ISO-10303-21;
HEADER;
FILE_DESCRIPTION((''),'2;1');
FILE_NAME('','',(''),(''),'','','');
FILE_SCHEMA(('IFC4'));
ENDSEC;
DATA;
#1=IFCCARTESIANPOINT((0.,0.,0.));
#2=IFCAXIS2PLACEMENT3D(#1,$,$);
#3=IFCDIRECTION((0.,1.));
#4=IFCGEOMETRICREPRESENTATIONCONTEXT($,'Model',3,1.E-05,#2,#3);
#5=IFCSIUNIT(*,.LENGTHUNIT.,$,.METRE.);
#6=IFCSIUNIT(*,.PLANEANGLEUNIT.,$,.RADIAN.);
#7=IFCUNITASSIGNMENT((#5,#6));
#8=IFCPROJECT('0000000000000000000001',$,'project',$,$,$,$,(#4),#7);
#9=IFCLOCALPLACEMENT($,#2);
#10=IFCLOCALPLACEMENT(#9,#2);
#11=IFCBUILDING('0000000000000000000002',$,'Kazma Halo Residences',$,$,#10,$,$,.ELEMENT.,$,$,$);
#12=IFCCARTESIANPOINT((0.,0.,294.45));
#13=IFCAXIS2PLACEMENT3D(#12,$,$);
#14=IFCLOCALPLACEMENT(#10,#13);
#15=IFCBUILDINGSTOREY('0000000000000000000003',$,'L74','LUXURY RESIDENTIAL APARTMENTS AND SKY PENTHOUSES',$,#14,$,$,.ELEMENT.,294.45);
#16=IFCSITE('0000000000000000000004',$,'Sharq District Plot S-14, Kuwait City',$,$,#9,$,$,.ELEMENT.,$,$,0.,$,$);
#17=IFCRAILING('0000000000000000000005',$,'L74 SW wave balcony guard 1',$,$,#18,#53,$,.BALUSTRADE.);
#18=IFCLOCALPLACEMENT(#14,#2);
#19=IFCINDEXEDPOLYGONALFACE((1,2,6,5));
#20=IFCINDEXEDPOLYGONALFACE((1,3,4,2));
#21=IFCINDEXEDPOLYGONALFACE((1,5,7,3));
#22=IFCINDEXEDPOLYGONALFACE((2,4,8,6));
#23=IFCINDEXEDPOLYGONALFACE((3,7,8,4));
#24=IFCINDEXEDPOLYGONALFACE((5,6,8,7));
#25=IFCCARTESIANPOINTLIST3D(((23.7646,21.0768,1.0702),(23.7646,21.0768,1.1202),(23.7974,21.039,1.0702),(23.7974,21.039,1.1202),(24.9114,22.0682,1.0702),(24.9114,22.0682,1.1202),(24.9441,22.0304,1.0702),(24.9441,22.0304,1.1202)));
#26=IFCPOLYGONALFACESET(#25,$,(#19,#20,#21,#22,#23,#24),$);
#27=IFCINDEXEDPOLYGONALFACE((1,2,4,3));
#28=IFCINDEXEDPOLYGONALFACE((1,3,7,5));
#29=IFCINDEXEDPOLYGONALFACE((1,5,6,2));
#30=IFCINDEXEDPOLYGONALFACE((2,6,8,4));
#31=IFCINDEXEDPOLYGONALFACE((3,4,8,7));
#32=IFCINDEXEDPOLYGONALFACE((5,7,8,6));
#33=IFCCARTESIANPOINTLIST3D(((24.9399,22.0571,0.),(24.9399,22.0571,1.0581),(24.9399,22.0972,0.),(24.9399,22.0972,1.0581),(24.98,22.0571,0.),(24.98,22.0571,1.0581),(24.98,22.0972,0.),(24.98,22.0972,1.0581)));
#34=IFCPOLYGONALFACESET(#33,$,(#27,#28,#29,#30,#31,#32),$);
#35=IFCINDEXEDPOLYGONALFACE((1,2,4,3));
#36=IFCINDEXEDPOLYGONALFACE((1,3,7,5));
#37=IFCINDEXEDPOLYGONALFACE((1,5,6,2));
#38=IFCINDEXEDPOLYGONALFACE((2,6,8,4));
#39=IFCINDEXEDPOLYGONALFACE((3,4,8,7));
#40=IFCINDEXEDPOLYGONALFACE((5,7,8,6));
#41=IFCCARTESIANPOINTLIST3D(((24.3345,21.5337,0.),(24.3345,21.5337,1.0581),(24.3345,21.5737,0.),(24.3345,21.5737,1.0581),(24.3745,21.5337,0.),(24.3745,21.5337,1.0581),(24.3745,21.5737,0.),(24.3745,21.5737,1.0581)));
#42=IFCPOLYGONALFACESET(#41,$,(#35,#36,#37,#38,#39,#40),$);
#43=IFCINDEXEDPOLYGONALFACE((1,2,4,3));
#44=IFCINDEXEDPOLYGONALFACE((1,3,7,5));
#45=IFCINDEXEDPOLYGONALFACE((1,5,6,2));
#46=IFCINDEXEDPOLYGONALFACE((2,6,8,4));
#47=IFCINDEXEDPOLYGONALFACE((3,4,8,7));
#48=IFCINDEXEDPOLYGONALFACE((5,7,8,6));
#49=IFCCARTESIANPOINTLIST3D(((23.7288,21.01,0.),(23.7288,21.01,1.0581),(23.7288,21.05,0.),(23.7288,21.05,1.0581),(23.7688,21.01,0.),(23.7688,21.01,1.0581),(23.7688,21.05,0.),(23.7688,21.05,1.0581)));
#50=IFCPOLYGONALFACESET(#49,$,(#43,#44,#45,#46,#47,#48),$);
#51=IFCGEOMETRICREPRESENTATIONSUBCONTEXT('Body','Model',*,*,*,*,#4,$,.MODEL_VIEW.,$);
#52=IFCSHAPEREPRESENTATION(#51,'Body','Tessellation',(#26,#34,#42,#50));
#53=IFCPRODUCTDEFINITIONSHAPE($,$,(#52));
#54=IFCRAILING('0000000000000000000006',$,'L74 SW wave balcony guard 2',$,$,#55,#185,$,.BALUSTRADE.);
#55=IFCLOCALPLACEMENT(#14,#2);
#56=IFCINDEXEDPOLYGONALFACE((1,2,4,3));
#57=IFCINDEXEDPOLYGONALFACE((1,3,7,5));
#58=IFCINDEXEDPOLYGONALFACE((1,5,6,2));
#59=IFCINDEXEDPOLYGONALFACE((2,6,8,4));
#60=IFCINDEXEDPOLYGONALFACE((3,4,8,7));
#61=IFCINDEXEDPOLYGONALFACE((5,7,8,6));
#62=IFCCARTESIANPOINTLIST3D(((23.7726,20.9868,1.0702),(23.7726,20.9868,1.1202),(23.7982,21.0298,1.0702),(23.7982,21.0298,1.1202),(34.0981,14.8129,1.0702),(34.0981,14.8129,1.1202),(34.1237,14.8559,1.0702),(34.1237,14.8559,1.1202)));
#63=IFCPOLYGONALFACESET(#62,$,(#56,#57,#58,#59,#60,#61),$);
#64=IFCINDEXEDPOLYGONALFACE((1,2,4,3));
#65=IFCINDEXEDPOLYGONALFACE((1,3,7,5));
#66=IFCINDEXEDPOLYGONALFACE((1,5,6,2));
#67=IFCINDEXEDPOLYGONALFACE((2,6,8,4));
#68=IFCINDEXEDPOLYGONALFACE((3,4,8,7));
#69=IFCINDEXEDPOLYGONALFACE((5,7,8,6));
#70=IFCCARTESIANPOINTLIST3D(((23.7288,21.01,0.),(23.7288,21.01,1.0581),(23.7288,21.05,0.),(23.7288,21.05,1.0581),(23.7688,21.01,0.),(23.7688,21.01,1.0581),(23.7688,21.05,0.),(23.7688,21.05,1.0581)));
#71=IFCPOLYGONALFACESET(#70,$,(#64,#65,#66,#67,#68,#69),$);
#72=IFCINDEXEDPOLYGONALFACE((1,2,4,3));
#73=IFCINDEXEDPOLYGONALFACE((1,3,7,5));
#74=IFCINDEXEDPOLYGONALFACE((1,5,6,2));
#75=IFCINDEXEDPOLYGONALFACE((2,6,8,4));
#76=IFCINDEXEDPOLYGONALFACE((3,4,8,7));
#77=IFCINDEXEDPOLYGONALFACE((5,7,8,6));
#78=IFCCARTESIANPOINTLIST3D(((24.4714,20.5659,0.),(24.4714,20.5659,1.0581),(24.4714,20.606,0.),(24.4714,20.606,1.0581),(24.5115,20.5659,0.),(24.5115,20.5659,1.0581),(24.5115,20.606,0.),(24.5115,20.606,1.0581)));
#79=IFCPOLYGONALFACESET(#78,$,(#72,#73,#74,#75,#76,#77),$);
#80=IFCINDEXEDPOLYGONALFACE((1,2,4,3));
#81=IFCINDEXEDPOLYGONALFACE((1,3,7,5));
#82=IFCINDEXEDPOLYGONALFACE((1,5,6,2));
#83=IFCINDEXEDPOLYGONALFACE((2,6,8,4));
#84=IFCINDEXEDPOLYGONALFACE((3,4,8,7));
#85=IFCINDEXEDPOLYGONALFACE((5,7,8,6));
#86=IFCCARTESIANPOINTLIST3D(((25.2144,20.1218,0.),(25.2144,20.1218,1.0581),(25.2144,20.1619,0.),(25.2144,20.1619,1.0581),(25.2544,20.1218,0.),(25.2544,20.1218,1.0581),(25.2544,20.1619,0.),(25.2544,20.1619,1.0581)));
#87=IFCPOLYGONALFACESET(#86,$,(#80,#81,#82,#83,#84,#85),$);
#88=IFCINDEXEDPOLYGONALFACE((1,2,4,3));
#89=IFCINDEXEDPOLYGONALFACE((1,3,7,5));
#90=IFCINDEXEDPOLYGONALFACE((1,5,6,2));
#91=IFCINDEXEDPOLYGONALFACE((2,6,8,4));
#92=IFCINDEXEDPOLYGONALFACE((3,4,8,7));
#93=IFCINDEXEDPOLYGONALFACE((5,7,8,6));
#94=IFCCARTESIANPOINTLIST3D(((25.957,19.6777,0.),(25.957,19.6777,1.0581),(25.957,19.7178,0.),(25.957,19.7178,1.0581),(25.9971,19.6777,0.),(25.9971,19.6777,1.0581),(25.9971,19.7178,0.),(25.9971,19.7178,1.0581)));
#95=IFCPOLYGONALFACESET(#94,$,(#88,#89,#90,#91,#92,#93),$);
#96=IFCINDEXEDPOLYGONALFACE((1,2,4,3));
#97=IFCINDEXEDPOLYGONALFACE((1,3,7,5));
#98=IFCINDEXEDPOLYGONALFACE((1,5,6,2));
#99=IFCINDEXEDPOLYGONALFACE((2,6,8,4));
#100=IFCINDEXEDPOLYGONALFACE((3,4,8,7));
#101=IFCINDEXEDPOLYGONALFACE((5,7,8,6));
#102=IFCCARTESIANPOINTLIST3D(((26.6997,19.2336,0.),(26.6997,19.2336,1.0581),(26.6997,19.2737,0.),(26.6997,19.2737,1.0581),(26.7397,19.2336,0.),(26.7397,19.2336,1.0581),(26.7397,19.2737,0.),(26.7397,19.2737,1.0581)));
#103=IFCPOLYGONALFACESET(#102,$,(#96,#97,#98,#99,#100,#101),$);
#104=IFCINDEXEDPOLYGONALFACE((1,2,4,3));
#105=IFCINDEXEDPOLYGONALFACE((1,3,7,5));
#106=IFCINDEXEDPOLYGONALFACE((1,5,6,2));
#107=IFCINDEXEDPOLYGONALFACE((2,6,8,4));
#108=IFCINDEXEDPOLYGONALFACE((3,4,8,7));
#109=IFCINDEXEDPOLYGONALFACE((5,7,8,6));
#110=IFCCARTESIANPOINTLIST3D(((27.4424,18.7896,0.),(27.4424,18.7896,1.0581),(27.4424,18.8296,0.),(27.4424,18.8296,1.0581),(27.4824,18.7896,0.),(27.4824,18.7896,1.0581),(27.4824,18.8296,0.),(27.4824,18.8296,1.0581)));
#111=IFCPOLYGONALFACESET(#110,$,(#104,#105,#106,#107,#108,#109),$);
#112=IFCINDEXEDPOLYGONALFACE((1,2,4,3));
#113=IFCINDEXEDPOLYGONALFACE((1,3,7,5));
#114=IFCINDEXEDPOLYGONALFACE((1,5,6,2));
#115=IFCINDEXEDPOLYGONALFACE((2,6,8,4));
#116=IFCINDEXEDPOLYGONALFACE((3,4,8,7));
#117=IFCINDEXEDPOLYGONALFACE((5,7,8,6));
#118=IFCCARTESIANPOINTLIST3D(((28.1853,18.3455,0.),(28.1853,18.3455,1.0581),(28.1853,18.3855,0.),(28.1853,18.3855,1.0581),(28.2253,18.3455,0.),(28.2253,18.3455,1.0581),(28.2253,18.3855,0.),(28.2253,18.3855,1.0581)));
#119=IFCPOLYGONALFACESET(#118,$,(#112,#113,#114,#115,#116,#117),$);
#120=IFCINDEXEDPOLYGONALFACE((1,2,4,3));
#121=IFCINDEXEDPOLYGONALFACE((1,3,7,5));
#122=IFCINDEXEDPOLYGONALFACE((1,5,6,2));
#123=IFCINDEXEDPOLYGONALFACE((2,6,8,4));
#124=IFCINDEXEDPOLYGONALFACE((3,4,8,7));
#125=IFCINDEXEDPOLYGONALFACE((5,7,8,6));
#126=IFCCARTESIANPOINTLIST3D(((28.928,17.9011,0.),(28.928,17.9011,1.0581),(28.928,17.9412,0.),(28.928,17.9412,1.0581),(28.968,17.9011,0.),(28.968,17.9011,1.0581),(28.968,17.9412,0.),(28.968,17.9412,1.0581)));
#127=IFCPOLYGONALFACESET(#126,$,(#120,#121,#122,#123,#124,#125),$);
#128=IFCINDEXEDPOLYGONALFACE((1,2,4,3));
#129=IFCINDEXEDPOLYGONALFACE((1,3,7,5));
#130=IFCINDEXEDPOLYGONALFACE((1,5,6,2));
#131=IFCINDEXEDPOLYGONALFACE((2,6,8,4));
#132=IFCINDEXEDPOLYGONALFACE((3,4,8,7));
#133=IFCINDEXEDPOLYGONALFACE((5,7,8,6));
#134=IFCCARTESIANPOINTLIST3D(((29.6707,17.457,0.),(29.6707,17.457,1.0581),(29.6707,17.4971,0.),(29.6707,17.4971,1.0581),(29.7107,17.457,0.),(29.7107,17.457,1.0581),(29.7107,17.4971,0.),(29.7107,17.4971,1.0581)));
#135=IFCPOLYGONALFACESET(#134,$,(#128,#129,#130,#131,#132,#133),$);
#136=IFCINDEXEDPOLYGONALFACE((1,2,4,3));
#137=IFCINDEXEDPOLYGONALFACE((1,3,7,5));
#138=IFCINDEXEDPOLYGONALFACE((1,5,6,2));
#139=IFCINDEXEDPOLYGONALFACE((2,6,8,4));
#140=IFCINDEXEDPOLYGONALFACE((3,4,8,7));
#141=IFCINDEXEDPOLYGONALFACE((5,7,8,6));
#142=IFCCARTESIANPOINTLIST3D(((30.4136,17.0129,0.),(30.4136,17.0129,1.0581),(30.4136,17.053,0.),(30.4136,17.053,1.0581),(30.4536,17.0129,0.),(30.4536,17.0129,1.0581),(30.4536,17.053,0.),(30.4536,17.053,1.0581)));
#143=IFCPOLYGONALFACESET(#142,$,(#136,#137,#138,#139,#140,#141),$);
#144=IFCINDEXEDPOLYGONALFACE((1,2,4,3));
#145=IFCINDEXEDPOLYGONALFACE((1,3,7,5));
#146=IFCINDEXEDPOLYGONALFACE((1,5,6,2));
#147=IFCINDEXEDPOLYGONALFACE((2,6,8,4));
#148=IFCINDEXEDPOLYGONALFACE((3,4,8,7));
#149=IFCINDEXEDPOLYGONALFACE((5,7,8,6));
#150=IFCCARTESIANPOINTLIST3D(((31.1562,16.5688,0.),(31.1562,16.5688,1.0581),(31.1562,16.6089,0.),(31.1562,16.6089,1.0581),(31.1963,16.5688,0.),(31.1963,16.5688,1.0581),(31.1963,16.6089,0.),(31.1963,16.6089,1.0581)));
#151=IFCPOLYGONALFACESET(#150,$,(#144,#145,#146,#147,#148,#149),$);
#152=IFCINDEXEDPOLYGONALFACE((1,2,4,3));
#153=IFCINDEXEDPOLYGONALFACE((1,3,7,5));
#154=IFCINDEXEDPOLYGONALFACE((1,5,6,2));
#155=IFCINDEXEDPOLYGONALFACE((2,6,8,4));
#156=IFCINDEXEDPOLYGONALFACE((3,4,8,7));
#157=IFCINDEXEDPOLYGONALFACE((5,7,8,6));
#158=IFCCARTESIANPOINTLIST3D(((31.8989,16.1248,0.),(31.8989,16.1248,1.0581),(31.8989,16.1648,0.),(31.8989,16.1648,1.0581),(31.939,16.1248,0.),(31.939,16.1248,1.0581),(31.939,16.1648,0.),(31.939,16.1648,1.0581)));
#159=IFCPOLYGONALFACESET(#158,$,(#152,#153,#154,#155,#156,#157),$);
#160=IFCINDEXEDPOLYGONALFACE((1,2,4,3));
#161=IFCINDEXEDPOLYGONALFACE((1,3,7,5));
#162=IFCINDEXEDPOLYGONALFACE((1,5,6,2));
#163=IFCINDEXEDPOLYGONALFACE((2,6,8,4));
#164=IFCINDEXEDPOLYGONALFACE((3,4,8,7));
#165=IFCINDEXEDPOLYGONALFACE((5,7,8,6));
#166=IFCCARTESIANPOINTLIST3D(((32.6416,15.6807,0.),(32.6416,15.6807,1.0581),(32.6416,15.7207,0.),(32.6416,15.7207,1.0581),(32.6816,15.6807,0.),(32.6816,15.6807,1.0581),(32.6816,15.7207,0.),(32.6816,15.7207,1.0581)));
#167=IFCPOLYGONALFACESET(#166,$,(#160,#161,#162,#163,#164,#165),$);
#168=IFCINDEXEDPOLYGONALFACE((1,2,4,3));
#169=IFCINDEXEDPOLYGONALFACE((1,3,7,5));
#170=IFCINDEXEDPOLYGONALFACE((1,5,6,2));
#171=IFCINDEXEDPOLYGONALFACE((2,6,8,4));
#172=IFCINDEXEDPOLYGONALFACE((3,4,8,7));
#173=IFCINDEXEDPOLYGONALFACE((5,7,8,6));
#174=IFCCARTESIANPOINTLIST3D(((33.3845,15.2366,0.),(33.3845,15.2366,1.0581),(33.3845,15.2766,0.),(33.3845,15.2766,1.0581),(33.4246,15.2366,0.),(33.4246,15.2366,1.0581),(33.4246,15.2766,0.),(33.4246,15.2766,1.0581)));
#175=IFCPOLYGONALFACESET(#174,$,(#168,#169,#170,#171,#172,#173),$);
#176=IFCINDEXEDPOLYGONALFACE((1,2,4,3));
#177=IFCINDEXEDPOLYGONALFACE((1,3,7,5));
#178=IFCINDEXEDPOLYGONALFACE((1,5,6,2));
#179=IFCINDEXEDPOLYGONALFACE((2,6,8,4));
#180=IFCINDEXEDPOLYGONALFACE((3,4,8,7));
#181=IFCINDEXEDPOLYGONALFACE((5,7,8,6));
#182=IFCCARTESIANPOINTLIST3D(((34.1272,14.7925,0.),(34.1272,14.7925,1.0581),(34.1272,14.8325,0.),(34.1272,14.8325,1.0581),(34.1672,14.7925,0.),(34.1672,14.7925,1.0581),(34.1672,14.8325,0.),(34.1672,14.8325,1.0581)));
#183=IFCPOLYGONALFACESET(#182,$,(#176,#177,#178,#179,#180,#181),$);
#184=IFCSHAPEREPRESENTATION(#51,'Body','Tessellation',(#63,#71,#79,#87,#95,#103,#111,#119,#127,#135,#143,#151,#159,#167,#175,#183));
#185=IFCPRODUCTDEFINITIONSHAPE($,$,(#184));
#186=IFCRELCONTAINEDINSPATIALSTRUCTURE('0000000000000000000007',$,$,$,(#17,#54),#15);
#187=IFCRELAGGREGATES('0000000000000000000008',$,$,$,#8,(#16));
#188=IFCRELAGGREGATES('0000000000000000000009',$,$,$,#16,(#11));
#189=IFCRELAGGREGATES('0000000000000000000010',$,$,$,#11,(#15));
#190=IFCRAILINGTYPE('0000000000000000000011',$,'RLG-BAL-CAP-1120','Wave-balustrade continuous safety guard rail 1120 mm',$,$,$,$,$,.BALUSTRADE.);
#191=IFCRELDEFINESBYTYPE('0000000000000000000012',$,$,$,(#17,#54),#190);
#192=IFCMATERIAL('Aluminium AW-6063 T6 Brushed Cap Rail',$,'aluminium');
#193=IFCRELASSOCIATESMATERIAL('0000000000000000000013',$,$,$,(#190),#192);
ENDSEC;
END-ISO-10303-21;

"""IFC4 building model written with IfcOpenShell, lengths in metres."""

from ifc_helpers import new_model, si_unit, direction, frame, origin, origin_2d, place, context, subcontext, project, spatial, rectangle, extrude, material, type_object, element, save


model = new_model("IFC4")

# Units and contexts
model_context = context("Model", 3, precision=1e-05, world=origin(), true_north=direction((0.0, 1.0)))
body_context = subcontext(model_context, "Body", "Model", "MODEL_VIEW")
ifc_project = project(units=[si_unit("LENGTHUNIT", "METRE"), si_unit("PLANEANGLEUNIT", "RADIAN")], contexts=[model_context])

# Site, building, storey
site_placement = place(None, origin())
site = spatial("IfcSite", under=ifc_project, at=site_placement, Name="Sharq District Plot S-14, Kuwait City", CompositionType="ELEMENT", RefElevation=0.0)
building_placement = place(site_placement, origin())
building = spatial("IfcBuilding", under=site, at=building_placement, Name="Kazma Halo Residences", CompositionType="ELEMENT")
storey_placement = place(building_placement, frame((0.0, 0.0, 294.45)))
storey = spatial("IfcBuildingStorey", under=building, at=storey_placement, Name="L74", Description="LUXURY RESIDENTIAL APARTMENTS AND SKY PENTHOUSES", CompositionType="ELEMENT", Elevation=294.45)

# Railings
ifc_material_1 = material(Name="Aluminium AW-6063 T6 Brushed Cap Rail", Category="aluminium")
railing_type = type_object("IfcRailingType", Name="RLG-BAL-CAP-1120", Description="Wave-balustrade continuous safety guard rail 1120 mm", PredefinedType="BALUSTRADE", material=ifc_material_1)
railing_1_placement = place(storey_placement, frame((24.96, 22.0771, 0.0)))
element("IfcRailing", 1, at=railing_1_placement, inside=storey, type_object=railing_type, Name="L74 SW wave balcony guard 1", PredefinedType="BALUSTRADE", context=body_context, shape_type="SweptSolid", body=[
    extrude(rectangle(XDim=0.05, YDim=0.05, at=origin_2d()), frame((-0.0322, -0.0278, 1.0952), z_axis=(-0.756483, -0.654013, 0.0), x_axis=(0.654013, -0.756483, 0.0)), (0.0, 0.0, 1.0), 1.5159),
    extrude(rectangle(XDim=0.04, YDim=0.04, at=origin_2d()), origin(), (0.0, 0.0, 1.0), 1.0581),
    extrude(rectangle(XDim=0.04, YDim=0.04, at=origin_2d()), frame((-0.6055, -0.5234, 0.0)), (0.0, 0.0, 1.0), 1.0581),
    extrude(rectangle(XDim=0.04, YDim=0.04, at=origin_2d()), frame((-1.2112, -1.0471, 0.0)), (0.0, 0.0, 1.0), 1.0581),
])
railing_2_placement = place(storey_placement, frame((23.7488, 21.03, 0.0)))
element("IfcRailing", 2, at=railing_2_placement, inside=storey, type_object=railing_type, Name="L74 SW wave balcony guard 2", PredefinedType="BALUSTRADE", context=body_context, shape_type="SweptSolid", body=[
    extrude(rectangle(XDim=0.05, YDim=0.05, at=origin_2d()), frame((0.0366, -0.0217, 1.0952), z_axis=(0.858276, -0.513188, 0.0), x_axis=(0.513188, 0.858276, 0.0)), (0.0, 0.0, 1.0), 12.0305),
    extrude(rectangle(XDim=0.04, YDim=0.04, at=origin_2d()), origin(), (0.0, 0.0, 1.0), 1.0581),
    extrude(rectangle(XDim=0.04, YDim=0.04, at=origin_2d()), frame((0.7427, -0.4441, 0.0)), (0.0, 0.0, 1.0), 1.0581),
    extrude(rectangle(XDim=0.04, YDim=0.04, at=origin_2d()), frame((1.4856, -0.8882, 0.0)), (0.0, 0.0, 1.0), 1.0581),
    extrude(rectangle(XDim=0.04, YDim=0.04, at=origin_2d()), frame((2.2283, -1.3323, 0.0)), (0.0, 0.0, 1.0), 1.0581),
    extrude(rectangle(XDim=0.04, YDim=0.04, at=origin_2d()), frame((2.9709, -1.7764, 0.0)), (0.0, 0.0, 1.0), 1.0581),
    extrude(rectangle(XDim=0.04, YDim=0.04, at=origin_2d()), frame((3.7136, -2.2205, 0.0)), (0.0, 0.0, 1.0), 1.0581),
    extrude(rectangle(XDim=0.04, YDim=0.04, at=origin_2d()), frame((4.4565, -2.6646, 0.0)), (0.0, 0.0, 1.0), 1.0581),
    extrude(rectangle(XDim=0.04, YDim=0.04, at=origin_2d()), frame((5.1992, -3.1089, 0.0)), (0.0, 0.0, 1.0), 1.0581),
    extrude(rectangle(XDim=0.04, YDim=0.04, at=origin_2d()), frame((5.9419, -3.553, 0.0)), (0.0, 0.0, 1.0), 1.0581),
    extrude(rectangle(XDim=0.04, YDim=0.04, at=origin_2d()), frame((6.6848, -3.9971, 0.0)), (0.0, 0.0, 1.0), 1.0581),
    extrude(rectangle(XDim=0.04, YDim=0.04, at=origin_2d()), frame((7.4275, -4.4412, 0.0)), (0.0, 0.0, 1.0), 1.0581),
    extrude(rectangle(XDim=0.04, YDim=0.04, at=origin_2d()), frame((8.1702, -4.8853, 0.0)), (0.0, 0.0, 1.0), 1.0581),
    extrude(rectangle(XDim=0.04, YDim=0.04, at=origin_2d()), frame((8.9128, -5.3293, 0.0)), (0.0, 0.0, 1.0), 1.0581),
    extrude(rectangle(XDim=0.04, YDim=0.04, at=origin_2d()), frame((9.6558, -5.7734, 0.0)), (0.0, 0.0, 1.0), 1.0581),
    extrude(rectangle(XDim=0.04, YDim=0.04, at=origin_2d()), frame((10.3984, -6.2175, 0.0)), (0.0, 0.0, 1.0), 1.0581),
])

save(model, "model.ifc")
